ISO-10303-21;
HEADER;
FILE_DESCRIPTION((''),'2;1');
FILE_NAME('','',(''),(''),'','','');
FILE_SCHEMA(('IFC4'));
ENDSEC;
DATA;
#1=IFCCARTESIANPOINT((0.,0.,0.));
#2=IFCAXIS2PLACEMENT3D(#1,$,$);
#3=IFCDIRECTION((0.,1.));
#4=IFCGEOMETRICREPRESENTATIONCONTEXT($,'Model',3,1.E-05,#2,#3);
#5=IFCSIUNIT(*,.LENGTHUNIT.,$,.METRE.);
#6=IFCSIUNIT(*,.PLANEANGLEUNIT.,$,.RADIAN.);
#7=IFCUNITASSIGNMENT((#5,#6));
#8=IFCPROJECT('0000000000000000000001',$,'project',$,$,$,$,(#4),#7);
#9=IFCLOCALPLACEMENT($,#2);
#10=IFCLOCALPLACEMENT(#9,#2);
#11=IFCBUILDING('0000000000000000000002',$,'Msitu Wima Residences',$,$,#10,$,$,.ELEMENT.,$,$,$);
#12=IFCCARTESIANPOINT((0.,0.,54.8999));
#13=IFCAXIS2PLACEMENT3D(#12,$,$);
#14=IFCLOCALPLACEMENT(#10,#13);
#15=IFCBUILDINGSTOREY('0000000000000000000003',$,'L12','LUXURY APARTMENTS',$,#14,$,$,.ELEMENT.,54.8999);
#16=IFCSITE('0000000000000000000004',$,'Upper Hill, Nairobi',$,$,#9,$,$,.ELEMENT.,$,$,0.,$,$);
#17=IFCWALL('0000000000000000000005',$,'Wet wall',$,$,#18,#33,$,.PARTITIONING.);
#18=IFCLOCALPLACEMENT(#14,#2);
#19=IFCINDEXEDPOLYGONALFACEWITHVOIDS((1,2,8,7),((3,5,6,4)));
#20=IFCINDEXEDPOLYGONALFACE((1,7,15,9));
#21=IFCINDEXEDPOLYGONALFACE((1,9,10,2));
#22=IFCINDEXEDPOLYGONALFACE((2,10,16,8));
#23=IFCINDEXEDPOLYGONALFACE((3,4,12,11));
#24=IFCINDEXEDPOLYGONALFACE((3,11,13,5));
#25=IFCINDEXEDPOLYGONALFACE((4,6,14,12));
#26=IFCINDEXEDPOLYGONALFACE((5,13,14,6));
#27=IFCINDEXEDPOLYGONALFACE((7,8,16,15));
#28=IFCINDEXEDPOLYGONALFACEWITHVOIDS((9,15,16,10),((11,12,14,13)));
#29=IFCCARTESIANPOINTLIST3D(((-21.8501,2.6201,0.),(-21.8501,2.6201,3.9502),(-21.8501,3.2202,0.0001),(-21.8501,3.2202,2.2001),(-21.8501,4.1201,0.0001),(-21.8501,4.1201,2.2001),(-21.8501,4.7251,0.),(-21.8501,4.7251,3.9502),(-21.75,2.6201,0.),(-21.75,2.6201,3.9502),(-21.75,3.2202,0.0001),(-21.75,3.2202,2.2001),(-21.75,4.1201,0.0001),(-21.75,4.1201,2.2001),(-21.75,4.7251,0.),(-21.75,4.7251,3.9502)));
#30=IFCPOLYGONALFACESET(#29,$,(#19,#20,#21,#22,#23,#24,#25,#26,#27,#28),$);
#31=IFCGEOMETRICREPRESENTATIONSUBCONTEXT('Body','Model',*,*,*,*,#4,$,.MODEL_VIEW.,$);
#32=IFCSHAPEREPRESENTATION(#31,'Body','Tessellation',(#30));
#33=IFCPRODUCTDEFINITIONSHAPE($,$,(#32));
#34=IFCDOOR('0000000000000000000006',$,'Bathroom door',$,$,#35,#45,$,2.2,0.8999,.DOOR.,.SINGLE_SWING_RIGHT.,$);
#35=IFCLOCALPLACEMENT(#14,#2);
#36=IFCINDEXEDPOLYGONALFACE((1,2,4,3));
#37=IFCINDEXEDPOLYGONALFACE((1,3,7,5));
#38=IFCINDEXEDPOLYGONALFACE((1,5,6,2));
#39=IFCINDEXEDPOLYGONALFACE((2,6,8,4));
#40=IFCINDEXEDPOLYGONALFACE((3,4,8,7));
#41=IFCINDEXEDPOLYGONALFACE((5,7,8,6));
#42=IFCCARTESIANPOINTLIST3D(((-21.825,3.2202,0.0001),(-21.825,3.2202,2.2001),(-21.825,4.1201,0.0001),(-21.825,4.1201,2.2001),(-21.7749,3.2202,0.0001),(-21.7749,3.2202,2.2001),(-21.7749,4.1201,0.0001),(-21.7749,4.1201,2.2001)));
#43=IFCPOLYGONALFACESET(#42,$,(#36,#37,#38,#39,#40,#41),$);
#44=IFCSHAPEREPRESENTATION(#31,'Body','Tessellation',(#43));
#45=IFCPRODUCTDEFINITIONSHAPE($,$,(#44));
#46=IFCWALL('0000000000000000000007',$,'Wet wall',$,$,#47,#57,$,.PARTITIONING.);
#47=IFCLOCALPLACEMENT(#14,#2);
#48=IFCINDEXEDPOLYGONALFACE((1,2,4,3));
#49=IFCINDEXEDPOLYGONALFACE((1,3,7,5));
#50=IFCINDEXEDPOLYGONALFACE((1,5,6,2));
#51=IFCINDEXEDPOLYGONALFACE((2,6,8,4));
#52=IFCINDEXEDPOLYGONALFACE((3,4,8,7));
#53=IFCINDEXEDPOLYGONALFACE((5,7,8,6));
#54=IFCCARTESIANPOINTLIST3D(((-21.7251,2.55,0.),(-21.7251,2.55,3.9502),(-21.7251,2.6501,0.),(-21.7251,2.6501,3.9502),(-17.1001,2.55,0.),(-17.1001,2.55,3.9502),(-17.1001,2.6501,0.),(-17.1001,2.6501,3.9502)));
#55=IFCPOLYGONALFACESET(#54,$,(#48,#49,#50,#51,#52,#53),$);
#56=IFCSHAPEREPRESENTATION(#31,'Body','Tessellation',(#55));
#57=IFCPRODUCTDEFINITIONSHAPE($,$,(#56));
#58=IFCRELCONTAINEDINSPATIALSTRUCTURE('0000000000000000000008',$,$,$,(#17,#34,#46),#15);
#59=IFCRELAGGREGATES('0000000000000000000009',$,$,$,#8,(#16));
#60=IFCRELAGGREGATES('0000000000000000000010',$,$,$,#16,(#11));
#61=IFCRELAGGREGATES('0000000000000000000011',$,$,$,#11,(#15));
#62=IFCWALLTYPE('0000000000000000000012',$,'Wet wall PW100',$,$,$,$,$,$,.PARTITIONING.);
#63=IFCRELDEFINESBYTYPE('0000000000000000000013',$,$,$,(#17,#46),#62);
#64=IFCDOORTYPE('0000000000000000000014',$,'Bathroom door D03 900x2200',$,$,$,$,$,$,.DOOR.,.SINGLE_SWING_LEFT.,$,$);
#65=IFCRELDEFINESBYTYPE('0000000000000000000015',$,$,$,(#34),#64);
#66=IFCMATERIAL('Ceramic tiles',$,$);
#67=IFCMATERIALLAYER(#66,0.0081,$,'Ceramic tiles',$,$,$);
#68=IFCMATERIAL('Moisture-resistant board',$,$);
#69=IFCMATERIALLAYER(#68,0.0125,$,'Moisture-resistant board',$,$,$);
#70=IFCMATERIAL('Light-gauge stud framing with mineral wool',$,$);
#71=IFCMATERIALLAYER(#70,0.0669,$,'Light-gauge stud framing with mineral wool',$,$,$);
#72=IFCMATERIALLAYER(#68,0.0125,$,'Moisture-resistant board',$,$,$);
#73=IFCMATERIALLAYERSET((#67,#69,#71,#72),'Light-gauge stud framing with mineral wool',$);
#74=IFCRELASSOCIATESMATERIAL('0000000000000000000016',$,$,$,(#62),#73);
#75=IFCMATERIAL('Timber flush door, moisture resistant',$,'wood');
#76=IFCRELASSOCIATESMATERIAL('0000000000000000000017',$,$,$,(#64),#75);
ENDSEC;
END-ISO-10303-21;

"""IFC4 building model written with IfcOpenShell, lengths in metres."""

from ifc_helpers import new_model, si_unit, direction, frame, frame_2d, origin, place, context, subcontext, project, spatial, rectangle, extrude, material, layer, layer_set, type_object, element, fill, save


model = new_model("IFC4")

# Units and contexts
model_context = context("Model", 3, precision=1e-05, world=origin(), true_north=direction((0.0, 1.0)))
body_context = subcontext(model_context, "Body", "Model", "MODEL_VIEW")
ifc_project = project(units=[si_unit("LENGTHUNIT", "METRE"), si_unit("PLANEANGLEUNIT", "RADIAN")], contexts=[model_context])

# Site, building, storey
site_placement = place(None, origin())
site = spatial("IfcSite", under=ifc_project, at=site_placement, Name="Upper Hill, Nairobi", CompositionType="ELEMENT", RefElevation=0.0)
building_placement = place(site_placement, origin())
building = spatial("IfcBuilding", under=site, at=building_placement, Name="Msitu Wima Residences", CompositionType="ELEMENT")
storey_placement = place(building_placement, frame((0.0, 0.0, 54.8999)))
storey = spatial("IfcBuildingStorey", under=building, at=storey_placement, Name="L12", Description="LUXURY APARTMENTS", CompositionType="ELEMENT", Elevation=54.8999)

# Shared definitions
ifc_material_1 = material(Name="Light-gauge stud framing with mineral wool")

# Wall, opening, door
ifc_material_2 = material(Name="Ceramic tiles")
ifc_layer_1 = layer(ifc_material_2, 0.0081, Name="Ceramic tiles")
ifc_material_3 = material(Name="Moisture-resistant board")
ifc_layer_2 = layer(ifc_material_3, 0.0125, Name="Moisture-resistant board")
ifc_layer_3 = layer(ifc_material_1, 0.0669, Name="Light-gauge stud framing with mineral wool")
ifc_layer_4 = layer(ifc_material_3, 0.0125, Name="Moisture-resistant board")
ifc_layer_set_1 = layer_set([ifc_layer_1, ifc_layer_2, ifc_layer_3, ifc_layer_4], Name="Light-gauge stud framing with mineral wool")
wall_type_1 = type_object("IfcWallType", Name="Wet wall PW100", PredefinedType="PARTITIONING", material=ifc_layer_set_1)
wall_1_placement = place(storey_placement, frame((-21.8, 2.6201, 0.0), z_axis=(0.0, 0.0, 1.0), x_axis=(0.0, 1.0, 0.0)))
wall_1 = element("IfcWall", 1, at=wall_1_placement, inside=storey, type_object=wall_type_1, Name="Wet wall", PredefinedType="PARTITIONING", context=body_context, shape_type="SweptSolid", body=[
    extrude(rectangle(XDim=2.105, YDim=0.1001, at=frame_2d((1.0525, 0.0))), origin(), (0.0, 0.0, 1.0), 3.9502),
])
opening_1_placement = place(wall_1_placement, frame((0.6001, 0.0, 0.0)))
opening_1 = element("IfcOpeningElement", 2, at=opening_1_placement, cuts=wall_1, PredefinedType="OPENING", context=body_context, shape_type="SweptSolid", body=[
    extrude(rectangle(XDim=0.8999, YDim=2.2, at=frame_2d((0.45, 1.1001))), frame((0.0, 0.0601, 0.0), z_axis=(0.0, -1.0, 0.0), x_axis=(1.0, 0.0, 0.0)), (0.0, 0.0, 1.0), 0.1201),
])
ifc_material_4 = material(Name="Timber flush door, moisture resistant", Category="wood")
door_type_1 = type_object("IfcDoorType", Name="Bathroom door D03 900x2200", OperationType="SINGLE_SWING_LEFT", PredefinedType="DOOR", material=ifc_material_4)
door_1_placement = place(opening_1_placement, origin())
door_1 = element("IfcDoor", 3, at=door_1_placement, inside=storey, type_object=door_type_1, Name="Bathroom door", OperationType="SINGLE_SWING_RIGHT", OverallHeight=2.2, OverallWidth=0.8999, PredefinedType="DOOR", context=body_context, shape_type="SweptSolid", body=[
    extrude(rectangle(XDim=0.8999, YDim=2.2, at=frame_2d((0.45, 1.1001))), frame((0.0, 0.0249, 0.0), z_axis=(0.0, -1.0, 0.0), x_axis=(1.0, 0.0, 0.0)), (0.0, 0.0, 1.0), 0.05),
])
fill(opening_1, door_1)

# Wall
wall_2_placement = place(storey_placement, frame((-21.7251, 2.6001, 0.0), z_axis=(0.0, 0.0, 1.0), x_axis=(1.0, 0.0, 0.0)))
element("IfcWall", 4, at=wall_2_placement, inside=storey, type_object=wall_type_1, Name="Wet wall", PredefinedType="PARTITIONING", context=body_context, shape_type="SweptSolid", body=[
    extrude(rectangle(XDim=4.625, YDim=0.1001, at=frame_2d((2.3125, 0.0))), origin(), (0.0, 0.0, 1.0), 3.9502),
])

save(model, "model.ifc")
